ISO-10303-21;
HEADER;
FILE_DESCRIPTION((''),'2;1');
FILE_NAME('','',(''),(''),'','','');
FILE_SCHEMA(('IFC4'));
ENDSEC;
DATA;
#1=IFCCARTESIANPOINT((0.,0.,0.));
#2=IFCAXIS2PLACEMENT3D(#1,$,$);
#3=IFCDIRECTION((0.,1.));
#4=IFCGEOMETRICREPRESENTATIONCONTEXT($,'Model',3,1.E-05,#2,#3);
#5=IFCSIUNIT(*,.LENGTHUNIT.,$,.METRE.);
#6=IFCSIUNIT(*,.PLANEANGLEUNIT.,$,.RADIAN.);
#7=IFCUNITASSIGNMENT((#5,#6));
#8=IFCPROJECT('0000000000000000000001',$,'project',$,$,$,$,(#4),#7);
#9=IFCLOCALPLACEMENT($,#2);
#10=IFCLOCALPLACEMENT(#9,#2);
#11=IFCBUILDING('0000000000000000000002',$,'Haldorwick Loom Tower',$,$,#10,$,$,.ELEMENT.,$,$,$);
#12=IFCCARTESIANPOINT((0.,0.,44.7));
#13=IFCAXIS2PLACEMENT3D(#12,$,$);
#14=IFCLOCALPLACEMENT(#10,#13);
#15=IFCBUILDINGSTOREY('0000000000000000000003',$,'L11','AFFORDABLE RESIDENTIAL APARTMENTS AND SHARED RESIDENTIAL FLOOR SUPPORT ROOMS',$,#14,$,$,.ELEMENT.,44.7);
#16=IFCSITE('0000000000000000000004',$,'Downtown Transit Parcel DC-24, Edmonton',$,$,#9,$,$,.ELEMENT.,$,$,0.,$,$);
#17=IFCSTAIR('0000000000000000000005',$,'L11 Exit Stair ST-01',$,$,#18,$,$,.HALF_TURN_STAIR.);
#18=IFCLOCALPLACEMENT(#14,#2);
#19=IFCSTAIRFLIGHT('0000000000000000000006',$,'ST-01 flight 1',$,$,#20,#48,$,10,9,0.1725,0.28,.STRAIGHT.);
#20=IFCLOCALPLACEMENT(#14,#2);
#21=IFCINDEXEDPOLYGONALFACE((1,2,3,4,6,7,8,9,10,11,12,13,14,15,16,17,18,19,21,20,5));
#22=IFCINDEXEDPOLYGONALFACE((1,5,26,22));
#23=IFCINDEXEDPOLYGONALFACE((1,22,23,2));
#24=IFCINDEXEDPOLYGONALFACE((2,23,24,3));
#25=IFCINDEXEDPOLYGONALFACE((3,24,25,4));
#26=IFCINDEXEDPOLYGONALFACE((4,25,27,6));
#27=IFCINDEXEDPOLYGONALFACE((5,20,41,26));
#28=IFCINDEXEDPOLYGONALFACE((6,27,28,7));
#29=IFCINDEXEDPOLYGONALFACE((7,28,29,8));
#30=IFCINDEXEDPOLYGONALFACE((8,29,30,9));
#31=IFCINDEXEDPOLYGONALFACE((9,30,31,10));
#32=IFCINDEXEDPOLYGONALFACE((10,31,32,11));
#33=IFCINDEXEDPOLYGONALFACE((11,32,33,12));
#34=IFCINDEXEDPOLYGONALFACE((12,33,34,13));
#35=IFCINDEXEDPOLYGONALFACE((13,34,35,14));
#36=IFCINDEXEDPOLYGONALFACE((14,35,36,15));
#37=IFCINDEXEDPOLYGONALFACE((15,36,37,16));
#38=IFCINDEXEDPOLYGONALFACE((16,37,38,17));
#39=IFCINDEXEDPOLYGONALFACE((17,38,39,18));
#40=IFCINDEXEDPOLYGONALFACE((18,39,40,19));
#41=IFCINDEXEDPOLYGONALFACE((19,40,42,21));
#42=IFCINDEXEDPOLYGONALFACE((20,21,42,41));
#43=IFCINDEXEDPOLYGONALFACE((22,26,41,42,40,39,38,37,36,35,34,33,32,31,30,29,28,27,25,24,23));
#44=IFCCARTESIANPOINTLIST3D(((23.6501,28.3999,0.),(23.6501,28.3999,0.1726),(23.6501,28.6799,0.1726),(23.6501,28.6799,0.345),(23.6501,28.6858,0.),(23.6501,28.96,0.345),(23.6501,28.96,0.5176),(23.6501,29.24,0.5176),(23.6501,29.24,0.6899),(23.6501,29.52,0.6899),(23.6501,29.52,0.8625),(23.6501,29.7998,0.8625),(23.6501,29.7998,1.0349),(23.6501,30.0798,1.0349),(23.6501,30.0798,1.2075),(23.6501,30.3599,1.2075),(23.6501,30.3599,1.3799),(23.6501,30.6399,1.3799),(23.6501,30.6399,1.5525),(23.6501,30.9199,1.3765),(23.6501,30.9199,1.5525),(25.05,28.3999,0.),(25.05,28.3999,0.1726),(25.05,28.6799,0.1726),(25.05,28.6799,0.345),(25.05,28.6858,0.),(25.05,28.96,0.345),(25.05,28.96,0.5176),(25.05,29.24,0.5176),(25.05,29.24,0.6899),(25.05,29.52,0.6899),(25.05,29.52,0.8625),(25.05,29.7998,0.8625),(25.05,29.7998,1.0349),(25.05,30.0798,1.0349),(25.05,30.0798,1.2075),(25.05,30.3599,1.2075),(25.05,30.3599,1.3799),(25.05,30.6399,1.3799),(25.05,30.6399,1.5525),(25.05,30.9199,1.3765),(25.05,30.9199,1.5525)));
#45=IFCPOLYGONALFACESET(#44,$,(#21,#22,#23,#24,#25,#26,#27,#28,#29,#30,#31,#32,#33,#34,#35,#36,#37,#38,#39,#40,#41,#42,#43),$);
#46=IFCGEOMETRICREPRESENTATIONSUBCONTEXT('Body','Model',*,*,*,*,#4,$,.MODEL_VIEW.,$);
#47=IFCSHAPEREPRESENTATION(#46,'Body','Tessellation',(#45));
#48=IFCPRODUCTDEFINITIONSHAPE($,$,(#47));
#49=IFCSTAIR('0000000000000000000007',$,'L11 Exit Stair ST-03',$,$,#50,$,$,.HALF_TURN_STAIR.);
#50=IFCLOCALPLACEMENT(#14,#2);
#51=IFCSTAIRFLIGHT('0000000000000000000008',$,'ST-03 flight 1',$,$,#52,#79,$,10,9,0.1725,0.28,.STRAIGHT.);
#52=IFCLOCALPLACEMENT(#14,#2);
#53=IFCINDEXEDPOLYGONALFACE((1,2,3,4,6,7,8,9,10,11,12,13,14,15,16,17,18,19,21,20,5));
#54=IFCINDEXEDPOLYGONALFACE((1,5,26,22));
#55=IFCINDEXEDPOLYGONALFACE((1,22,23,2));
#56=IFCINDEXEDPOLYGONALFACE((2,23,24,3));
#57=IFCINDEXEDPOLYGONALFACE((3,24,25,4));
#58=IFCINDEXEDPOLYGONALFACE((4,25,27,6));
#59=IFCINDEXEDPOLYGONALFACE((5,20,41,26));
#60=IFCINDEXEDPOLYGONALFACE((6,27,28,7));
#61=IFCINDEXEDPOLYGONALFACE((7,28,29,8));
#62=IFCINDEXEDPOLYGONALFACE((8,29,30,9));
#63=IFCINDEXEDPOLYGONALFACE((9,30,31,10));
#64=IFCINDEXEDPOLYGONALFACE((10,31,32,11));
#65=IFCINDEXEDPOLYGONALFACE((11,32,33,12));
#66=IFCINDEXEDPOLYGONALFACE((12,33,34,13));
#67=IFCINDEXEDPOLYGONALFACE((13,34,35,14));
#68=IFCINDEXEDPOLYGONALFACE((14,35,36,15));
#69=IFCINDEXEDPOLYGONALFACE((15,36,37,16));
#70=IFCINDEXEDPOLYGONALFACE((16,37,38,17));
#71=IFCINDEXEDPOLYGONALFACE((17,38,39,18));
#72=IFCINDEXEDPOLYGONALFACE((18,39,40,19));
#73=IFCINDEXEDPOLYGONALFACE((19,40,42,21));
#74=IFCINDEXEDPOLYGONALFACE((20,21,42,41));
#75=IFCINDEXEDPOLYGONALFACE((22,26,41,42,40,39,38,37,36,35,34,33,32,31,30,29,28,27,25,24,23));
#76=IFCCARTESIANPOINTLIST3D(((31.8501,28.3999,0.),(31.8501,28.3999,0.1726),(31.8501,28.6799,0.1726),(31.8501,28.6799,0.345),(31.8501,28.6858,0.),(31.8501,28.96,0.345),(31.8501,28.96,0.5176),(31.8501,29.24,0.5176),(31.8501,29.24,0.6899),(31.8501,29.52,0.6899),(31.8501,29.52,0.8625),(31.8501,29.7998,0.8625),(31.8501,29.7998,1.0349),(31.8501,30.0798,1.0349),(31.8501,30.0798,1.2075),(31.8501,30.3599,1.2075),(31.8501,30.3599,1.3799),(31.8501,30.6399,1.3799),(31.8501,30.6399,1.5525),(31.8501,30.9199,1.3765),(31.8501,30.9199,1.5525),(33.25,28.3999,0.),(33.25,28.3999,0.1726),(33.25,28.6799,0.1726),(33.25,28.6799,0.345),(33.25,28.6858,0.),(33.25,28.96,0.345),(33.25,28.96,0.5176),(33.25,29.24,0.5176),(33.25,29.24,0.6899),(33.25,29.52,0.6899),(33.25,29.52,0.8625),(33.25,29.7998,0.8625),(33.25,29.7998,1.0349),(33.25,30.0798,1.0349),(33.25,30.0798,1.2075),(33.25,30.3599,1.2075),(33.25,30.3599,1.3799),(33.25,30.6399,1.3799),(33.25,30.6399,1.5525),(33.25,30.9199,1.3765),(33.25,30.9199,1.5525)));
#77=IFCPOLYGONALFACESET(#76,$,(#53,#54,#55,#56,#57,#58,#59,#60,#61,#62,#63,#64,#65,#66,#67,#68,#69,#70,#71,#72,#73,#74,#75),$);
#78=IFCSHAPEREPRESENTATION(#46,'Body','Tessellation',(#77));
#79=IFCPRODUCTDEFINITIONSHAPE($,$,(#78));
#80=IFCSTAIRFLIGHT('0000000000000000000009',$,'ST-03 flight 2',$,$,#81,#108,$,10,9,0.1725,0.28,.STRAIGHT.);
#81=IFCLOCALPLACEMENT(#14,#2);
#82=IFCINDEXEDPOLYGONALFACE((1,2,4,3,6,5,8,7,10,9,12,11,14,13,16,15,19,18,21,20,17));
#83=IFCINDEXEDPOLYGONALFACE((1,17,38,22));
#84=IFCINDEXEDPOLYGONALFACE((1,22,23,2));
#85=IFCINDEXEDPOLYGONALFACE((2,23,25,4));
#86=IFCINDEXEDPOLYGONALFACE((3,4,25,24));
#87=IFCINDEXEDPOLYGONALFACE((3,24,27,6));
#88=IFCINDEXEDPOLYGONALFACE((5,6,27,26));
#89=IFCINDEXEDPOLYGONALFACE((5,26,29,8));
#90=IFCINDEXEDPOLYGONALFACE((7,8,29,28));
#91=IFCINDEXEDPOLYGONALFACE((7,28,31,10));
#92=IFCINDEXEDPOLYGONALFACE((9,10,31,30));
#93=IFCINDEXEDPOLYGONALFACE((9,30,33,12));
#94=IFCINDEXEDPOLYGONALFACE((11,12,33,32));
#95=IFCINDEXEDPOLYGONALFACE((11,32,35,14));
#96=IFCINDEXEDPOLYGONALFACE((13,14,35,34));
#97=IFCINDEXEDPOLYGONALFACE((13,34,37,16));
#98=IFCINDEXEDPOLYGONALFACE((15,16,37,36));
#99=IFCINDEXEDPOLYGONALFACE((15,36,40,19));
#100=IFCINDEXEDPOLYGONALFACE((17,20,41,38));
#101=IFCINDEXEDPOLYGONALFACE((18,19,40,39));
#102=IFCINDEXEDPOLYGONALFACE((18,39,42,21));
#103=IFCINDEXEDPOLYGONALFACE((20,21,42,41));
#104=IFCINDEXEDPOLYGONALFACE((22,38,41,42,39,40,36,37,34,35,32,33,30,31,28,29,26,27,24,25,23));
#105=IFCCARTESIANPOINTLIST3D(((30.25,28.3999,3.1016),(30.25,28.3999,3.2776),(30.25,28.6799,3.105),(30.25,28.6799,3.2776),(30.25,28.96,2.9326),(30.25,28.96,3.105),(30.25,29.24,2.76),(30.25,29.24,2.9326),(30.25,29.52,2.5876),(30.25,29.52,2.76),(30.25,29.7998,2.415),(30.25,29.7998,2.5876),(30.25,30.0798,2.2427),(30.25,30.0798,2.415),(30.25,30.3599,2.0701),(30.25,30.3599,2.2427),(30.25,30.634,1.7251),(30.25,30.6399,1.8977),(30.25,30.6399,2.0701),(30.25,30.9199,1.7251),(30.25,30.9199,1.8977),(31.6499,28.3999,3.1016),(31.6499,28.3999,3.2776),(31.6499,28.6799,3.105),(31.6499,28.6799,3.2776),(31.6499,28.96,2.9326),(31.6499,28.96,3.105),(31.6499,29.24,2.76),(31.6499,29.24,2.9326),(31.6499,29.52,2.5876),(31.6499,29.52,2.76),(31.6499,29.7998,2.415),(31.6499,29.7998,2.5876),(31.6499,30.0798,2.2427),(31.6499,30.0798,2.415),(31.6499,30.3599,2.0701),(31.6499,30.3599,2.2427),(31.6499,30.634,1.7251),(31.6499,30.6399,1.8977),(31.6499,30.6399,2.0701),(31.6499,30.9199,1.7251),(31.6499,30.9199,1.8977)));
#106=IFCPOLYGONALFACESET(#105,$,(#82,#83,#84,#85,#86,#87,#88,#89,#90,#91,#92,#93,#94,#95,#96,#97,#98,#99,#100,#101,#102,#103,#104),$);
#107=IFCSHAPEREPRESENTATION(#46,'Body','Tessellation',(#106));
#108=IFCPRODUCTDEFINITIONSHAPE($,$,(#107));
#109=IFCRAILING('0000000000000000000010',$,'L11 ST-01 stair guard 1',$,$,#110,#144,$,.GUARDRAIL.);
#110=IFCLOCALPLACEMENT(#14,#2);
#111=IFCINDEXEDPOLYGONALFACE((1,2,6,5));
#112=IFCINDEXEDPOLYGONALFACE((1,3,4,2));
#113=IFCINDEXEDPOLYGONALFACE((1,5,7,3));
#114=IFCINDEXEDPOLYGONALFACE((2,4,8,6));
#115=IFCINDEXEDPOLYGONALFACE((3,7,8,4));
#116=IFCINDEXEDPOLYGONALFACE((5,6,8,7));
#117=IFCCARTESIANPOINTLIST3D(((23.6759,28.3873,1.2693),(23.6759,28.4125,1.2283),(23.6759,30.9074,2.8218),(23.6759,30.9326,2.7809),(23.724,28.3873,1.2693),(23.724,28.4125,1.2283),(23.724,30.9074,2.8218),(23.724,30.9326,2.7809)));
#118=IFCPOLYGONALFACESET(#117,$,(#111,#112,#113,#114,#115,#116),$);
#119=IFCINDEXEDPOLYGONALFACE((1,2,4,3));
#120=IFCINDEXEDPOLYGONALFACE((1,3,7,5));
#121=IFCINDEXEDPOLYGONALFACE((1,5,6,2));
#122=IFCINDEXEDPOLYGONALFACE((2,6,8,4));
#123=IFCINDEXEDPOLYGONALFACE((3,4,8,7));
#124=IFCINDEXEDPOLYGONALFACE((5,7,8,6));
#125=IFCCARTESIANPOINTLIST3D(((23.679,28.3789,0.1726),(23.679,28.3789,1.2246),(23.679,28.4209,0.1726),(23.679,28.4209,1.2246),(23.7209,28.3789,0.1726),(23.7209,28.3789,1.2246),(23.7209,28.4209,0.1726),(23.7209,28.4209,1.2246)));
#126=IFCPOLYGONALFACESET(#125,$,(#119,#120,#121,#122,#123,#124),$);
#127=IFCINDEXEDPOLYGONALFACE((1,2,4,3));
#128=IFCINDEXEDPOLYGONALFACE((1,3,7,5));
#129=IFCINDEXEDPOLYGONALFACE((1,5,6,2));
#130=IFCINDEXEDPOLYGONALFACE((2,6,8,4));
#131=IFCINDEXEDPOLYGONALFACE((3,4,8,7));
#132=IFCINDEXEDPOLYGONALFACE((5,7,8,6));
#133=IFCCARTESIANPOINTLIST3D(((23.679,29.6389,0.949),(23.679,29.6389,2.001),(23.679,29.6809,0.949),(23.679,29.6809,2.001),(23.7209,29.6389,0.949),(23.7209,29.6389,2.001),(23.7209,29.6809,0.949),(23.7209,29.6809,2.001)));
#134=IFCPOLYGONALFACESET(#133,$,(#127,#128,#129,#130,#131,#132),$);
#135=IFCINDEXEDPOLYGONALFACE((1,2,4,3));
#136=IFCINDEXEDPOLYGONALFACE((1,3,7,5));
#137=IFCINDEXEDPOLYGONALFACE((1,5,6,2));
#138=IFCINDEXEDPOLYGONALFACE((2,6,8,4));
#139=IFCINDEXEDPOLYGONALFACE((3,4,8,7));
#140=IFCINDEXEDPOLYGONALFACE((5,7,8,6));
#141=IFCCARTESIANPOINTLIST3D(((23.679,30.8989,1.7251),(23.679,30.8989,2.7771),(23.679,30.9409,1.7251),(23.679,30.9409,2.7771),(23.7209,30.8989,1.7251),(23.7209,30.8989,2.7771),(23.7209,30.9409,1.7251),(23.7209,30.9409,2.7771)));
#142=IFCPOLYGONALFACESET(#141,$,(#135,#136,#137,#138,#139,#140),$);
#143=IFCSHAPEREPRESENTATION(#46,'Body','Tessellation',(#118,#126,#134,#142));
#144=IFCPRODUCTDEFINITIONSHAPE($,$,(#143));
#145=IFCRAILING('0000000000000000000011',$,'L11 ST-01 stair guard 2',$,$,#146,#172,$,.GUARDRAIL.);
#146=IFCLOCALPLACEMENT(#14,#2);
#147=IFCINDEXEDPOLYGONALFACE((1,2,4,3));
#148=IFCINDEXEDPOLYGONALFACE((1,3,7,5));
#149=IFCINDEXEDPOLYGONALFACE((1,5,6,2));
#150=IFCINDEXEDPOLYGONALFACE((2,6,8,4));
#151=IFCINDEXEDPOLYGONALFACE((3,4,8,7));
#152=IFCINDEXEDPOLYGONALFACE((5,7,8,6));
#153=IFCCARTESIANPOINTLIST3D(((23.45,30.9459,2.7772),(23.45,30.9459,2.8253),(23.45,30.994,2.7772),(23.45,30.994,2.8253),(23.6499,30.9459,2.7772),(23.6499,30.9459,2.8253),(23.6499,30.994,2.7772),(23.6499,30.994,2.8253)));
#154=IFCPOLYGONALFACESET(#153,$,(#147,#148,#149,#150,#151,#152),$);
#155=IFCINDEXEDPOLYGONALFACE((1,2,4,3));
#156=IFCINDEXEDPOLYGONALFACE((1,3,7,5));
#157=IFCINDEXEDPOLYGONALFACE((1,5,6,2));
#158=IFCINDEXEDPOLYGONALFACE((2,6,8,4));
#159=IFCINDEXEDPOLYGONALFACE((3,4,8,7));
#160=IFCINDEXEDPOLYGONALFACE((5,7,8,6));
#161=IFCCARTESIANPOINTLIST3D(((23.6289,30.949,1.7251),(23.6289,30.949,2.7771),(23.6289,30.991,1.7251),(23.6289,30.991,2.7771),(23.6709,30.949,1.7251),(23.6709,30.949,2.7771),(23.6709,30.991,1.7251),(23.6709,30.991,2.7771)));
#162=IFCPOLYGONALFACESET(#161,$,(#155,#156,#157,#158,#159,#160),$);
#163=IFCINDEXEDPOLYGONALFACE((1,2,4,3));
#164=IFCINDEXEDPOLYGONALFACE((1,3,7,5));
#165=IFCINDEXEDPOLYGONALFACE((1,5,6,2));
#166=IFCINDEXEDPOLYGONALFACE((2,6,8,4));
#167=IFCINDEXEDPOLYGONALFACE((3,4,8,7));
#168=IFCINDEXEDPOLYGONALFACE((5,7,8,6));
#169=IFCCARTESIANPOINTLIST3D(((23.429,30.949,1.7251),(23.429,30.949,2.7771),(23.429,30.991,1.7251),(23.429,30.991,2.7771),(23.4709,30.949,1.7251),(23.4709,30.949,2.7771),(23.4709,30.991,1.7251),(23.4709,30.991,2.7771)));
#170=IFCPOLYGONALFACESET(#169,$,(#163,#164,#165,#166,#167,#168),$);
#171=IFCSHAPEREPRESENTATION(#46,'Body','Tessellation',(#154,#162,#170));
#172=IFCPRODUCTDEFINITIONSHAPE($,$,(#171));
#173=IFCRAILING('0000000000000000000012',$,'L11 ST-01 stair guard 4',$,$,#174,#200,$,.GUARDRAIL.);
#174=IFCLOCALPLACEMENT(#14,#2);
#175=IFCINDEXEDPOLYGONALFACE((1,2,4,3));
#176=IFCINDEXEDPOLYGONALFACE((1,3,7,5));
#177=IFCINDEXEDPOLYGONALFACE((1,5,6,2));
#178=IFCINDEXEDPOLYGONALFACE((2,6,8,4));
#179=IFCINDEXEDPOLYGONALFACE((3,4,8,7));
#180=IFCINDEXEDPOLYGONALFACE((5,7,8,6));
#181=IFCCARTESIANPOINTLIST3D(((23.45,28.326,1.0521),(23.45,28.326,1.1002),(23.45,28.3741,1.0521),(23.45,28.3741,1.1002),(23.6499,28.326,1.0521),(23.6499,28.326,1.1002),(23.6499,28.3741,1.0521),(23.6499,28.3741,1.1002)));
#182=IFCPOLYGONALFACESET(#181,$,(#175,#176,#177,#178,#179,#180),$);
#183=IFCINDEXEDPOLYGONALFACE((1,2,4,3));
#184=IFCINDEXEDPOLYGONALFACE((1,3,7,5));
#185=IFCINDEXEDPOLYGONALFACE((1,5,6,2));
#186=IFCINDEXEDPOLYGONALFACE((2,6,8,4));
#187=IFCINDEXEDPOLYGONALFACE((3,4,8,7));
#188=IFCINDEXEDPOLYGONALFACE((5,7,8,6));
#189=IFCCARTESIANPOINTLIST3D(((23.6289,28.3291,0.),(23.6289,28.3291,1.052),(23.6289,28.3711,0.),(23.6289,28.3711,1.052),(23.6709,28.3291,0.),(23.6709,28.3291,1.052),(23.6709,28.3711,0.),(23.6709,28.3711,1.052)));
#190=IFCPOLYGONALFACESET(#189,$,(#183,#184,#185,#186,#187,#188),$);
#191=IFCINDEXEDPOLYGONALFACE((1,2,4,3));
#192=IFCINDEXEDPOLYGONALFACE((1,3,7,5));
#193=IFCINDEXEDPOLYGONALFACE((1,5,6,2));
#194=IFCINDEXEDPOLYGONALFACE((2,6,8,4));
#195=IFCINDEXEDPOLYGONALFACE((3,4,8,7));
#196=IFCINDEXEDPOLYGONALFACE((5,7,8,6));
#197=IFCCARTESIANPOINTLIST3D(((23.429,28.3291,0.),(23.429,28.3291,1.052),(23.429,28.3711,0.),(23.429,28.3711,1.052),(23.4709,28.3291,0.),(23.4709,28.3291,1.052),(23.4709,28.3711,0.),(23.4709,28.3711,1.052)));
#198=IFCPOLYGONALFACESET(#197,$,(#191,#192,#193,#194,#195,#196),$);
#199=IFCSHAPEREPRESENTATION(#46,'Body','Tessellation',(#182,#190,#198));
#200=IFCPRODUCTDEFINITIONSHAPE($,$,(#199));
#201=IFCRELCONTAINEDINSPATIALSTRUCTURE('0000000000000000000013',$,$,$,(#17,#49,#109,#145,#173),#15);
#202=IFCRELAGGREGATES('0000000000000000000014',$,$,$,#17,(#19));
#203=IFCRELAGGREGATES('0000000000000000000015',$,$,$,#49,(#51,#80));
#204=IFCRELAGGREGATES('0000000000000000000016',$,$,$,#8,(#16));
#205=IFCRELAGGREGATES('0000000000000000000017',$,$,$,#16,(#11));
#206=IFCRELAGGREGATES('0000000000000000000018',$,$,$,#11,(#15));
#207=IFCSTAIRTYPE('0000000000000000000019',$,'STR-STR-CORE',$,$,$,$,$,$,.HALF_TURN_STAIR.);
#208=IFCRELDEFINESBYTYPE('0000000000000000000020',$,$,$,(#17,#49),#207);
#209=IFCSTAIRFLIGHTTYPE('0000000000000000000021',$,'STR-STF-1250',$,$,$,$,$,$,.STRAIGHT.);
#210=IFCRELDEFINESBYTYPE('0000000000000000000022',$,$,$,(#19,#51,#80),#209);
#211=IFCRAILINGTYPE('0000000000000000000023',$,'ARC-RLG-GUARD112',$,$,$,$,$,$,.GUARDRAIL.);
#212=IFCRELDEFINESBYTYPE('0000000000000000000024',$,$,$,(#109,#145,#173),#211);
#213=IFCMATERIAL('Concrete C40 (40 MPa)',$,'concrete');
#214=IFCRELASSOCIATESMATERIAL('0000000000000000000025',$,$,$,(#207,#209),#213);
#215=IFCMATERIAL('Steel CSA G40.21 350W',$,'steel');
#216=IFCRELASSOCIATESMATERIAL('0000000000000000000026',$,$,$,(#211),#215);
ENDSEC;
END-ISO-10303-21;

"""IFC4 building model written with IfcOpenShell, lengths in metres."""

from ifc_helpers import new_model, si_unit, direction, frame, origin, origin_2d, place, context, subcontext, project, spatial, polyline, rectangle, outline, extrude, material, type_object, element, aggregate, save


model = new_model("IFC4")

# Units and contexts
model_context = context("Model", 3, precision=1e-05, world=origin(), true_north=direction((0.0, 1.0)))
body_context = subcontext(model_context, "Body", "Model", "MODEL_VIEW")
ifc_project = project(units=[si_unit("LENGTHUNIT", "METRE"), si_unit("PLANEANGLEUNIT", "RADIAN")], contexts=[model_context])

# Site, building, storey
site_placement = place(None, origin())
site = spatial("IfcSite", under=ifc_project, at=site_placement, Name="Downtown Transit Parcel DC-24, Edmonton", CompositionType="ELEMENT", RefElevation=0.0)
building_placement = place(site_placement, origin())
building = spatial("IfcBuilding", under=site, at=building_placement, Name="Haldorwick Loom Tower", CompositionType="ELEMENT")
storey_placement = place(building_placement, frame((0.0, 0.0, 44.7)))
storey = spatial("IfcBuildingStorey", under=building, at=storey_placement, Name="L11", Description="AFFORDABLE RESIDENTIAL APARTMENTS AND SHARED RESIDENTIAL FLOOR SUPPORT ROOMS", CompositionType="ELEMENT", Elevation=44.7)

# Shared definitions
ifc_material_1 = material(Name="Steel CSA G40.21 350W", Category="steel")

# Stair, stair flight
ifc_material_2 = material(Name="Concrete C40 (40 MPa)", Category="concrete")
stair_type = type_object("IfcStairType", Name="STR-STR-CORE", PredefinedType="HALF_TURN_STAIR", material=ifc_material_2)
stair_1_placement = place(storey_placement, origin())
stair_1 = element("IfcStair", 1, at=stair_1_placement, inside=storey, type_object=stair_type, Name="L11 Exit Stair ST-01", PredefinedType="HALF_TURN_STAIR")
stair_flight_type = type_object("IfcStairFlightType", Name="STR-STF-1250", PredefinedType="STRAIGHT", material=ifc_material_2)
stair_flight_1_placement = place(storey_placement, frame((24.3501, 28.3999, 0.0), z_axis=(0.0, 0.0, 1.0), x_axis=(0.0, 1.0, 0.0)))
stair_flight_1 = element("IfcStairFlight", 2, at=stair_flight_1_placement, type_object=stair_flight_type, Name="ST-01 flight 1", NumberOfRisers=10, NumberOfTreads=9, PredefinedType="STRAIGHT", RiserHeight=0.1725, TreadLength=0.28, context=body_context, shape_type="SweptSolid", body=[
    extrude(outline(polyline([(0.0, 0.0), (0.0, 0.1726), (0.28, 0.1726), (0.28, 0.345), (0.5601, 0.345), (0.5601, 0.5176), (0.8401, 0.5176), (0.8401, 0.6899), (1.1201, 0.6899), (1.1201, 0.8625), (1.3999, 0.8625), (1.3999, 1.0349), (1.6799, 1.0349), (1.6799, 1.2075), (1.96, 1.2075), (1.96, 1.3799), (2.24, 1.3799), (2.24, 1.5525), (2.52, 1.5525), (2.52, 1.7251), (2.52, 1.3765), (0.2859, 0.0), (0.0, 0.0)])), frame((0.0, 0.7, 0.0), z_axis=(0.0, -1.0, 0.0), x_axis=(1.0, 0.0, 0.0)), (0.0, 0.0, 1.0), 1.3999),
])
aggregate(stair_1, [stair_flight_1])

# Stair, stair flights
stair_2_placement = place(storey_placement, origin())
stair_2 = element("IfcStair", 3, at=stair_2_placement, inside=storey, type_object=stair_type, Name="L11 Exit Stair ST-03", PredefinedType="HALF_TURN_STAIR")
stair_flight_2_placement = place(storey_placement, frame((32.55, 28.3999, 0.0), z_axis=(0.0, 0.0, 1.0), x_axis=(0.0, 1.0, 0.0)))
stair_flight_2 = element("IfcStairFlight", 4, at=stair_flight_2_placement, type_object=stair_flight_type, Name="ST-03 flight 1", NumberOfRisers=10, NumberOfTreads=9, PredefinedType="STRAIGHT", RiserHeight=0.1725, TreadLength=0.28, context=body_context, shape_type="SweptSolid", body=[
    extrude(outline(polyline([(0.0, 0.0), (0.0, 0.1726), (0.28, 0.1726), (0.28, 0.345), (0.5601, 0.345), (0.5601, 0.5176), (0.8401, 0.5176), (0.8401, 0.6899), (1.1201, 0.6899), (1.1201, 0.8625), (1.3999, 0.8625), (1.3999, 1.0349), (1.6799, 1.0349), (1.6799, 1.2075), (1.96, 1.2075), (1.96, 1.3799), (2.24, 1.3799), (2.24, 1.5525), (2.52, 1.5525), (2.52, 1.7251), (2.52, 1.3765), (0.2859, 0.0), (0.0, 0.0)])), frame((0.0, 0.7, 0.0), z_axis=(0.0, -1.0, 0.0), x_axis=(1.0, 0.0, 0.0)), (0.0, 0.0, 1.0), 1.3999),
])
stair_flight_3_placement = place(storey_placement, frame((30.95, 30.9199, 1.7251), z_axis=(0.0, 0.0, 1.0), x_axis=(0.0, -1.0, 0.0)))
stair_flight_3 = element("IfcStairFlight", 5, at=stair_flight_3_placement, type_object=stair_flight_type, Name="ST-03 flight 2", NumberOfRisers=10, NumberOfTreads=9, PredefinedType="STRAIGHT", RiserHeight=0.1725, TreadLength=0.28, context=body_context, shape_type="SweptSolid", body=[
    extrude(outline(polyline([(0.0, 0.0), (0.0, 0.1726), (0.28, 0.1726), (0.28, 0.345), (0.5601, 0.345), (0.5601, 0.5176), (0.8401, 0.5176), (0.8401, 0.6899), (1.1201, 0.6899), (1.1201, 0.8625), (1.3999, 0.8625), (1.3999, 1.0349), (1.6799, 1.0349), (1.6799, 1.2075), (1.96, 1.2075), (1.96, 1.3799), (2.24, 1.3799), (2.24, 1.5525), (2.52, 1.5525), (2.52, 1.7251), (2.52, 1.3765), (0.2859, 0.0), (0.0, 0.0)])), frame((0.0, 0.7, 0.0), z_axis=(0.0, -1.0, 0.0), x_axis=(1.0, 0.0, 0.0)), (0.0, 0.0, 1.0), 1.3999),
])
aggregate(stair_2, [stair_flight_2, stair_flight_3])

# Railings
railing_type_1 = type_object("IfcRailingType", Name="ARC-RLG-GUARD112", PredefinedType="GUARDRAIL", material=ifc_material_1)
railing_1_placement = place(storey_placement, frame((23.7, 28.3999, 0.1726)))
element("IfcRailing", 6, at=railing_1_placement, inside=storey, type_object=railing_type_1, Name="L11 ST-01 stair guard 1", PredefinedType="GUARDRAIL", context=body_context, shape_type="SweptSolid", body=[
    extrude(rectangle(XDim=0.0481, YDim=0.0481, at=origin_2d()), frame((0.0, 0.0, 1.0762), z_axis=(0.0, 0.8514, 0.524516), x_axis=(-1.0, 0.0, 0.0)), (0.0, 0.0, 1.0), 2.96),
    extrude(rectangle(XDim=0.042, YDim=0.042, at=origin_2d()), origin(), (0.0, 0.0, 1.0), 1.052),
    extrude(rectangle(XDim=0.042, YDim=0.042, at=origin_2d()), frame((0.0, 1.26, 0.7764)), (0.0, 0.0, 1.0), 1.052),
    extrude(rectangle(XDim=0.042, YDim=0.042, at=origin_2d()), frame((0.0, 2.52, 1.5525)), (0.0, 0.0, 1.0), 1.052),
])
for number, where, name in (
    (7, (23.6499, 30.97, 1.7251), "L11 ST-01 stair guard 2"),
    (8, (23.6499, 28.3501, 0.0), "L11 ST-01 stair guard 4"),
):
    element("IfcRailing", number, at=place(storey_placement, frame(where)), inside=storey, type_object=railing_type_1, Name=name, PredefinedType="GUARDRAIL", context=body_context, shape_type="SweptSolid", body=[
        extrude(rectangle(XDim=0.0481, YDim=0.0481, at=origin_2d()), frame((0.0, 0.0, 1.0762), z_axis=(-1.0, 0.0, 0.0), x_axis=(0.0, -1.0, 0.0)), (0.0, 0.0, 1.0), 0.2),
        extrude(rectangle(XDim=0.042, YDim=0.042, at=origin_2d()), origin(), (0.0, 0.0, 1.0), 1.052),
        extrude(rectangle(XDim=0.042, YDim=0.042, at=origin_2d()), frame((-0.2, 0.0, 0.0)), (0.0, 0.0, 1.0), 1.052),
    ])

save(model, "model.ifc")
